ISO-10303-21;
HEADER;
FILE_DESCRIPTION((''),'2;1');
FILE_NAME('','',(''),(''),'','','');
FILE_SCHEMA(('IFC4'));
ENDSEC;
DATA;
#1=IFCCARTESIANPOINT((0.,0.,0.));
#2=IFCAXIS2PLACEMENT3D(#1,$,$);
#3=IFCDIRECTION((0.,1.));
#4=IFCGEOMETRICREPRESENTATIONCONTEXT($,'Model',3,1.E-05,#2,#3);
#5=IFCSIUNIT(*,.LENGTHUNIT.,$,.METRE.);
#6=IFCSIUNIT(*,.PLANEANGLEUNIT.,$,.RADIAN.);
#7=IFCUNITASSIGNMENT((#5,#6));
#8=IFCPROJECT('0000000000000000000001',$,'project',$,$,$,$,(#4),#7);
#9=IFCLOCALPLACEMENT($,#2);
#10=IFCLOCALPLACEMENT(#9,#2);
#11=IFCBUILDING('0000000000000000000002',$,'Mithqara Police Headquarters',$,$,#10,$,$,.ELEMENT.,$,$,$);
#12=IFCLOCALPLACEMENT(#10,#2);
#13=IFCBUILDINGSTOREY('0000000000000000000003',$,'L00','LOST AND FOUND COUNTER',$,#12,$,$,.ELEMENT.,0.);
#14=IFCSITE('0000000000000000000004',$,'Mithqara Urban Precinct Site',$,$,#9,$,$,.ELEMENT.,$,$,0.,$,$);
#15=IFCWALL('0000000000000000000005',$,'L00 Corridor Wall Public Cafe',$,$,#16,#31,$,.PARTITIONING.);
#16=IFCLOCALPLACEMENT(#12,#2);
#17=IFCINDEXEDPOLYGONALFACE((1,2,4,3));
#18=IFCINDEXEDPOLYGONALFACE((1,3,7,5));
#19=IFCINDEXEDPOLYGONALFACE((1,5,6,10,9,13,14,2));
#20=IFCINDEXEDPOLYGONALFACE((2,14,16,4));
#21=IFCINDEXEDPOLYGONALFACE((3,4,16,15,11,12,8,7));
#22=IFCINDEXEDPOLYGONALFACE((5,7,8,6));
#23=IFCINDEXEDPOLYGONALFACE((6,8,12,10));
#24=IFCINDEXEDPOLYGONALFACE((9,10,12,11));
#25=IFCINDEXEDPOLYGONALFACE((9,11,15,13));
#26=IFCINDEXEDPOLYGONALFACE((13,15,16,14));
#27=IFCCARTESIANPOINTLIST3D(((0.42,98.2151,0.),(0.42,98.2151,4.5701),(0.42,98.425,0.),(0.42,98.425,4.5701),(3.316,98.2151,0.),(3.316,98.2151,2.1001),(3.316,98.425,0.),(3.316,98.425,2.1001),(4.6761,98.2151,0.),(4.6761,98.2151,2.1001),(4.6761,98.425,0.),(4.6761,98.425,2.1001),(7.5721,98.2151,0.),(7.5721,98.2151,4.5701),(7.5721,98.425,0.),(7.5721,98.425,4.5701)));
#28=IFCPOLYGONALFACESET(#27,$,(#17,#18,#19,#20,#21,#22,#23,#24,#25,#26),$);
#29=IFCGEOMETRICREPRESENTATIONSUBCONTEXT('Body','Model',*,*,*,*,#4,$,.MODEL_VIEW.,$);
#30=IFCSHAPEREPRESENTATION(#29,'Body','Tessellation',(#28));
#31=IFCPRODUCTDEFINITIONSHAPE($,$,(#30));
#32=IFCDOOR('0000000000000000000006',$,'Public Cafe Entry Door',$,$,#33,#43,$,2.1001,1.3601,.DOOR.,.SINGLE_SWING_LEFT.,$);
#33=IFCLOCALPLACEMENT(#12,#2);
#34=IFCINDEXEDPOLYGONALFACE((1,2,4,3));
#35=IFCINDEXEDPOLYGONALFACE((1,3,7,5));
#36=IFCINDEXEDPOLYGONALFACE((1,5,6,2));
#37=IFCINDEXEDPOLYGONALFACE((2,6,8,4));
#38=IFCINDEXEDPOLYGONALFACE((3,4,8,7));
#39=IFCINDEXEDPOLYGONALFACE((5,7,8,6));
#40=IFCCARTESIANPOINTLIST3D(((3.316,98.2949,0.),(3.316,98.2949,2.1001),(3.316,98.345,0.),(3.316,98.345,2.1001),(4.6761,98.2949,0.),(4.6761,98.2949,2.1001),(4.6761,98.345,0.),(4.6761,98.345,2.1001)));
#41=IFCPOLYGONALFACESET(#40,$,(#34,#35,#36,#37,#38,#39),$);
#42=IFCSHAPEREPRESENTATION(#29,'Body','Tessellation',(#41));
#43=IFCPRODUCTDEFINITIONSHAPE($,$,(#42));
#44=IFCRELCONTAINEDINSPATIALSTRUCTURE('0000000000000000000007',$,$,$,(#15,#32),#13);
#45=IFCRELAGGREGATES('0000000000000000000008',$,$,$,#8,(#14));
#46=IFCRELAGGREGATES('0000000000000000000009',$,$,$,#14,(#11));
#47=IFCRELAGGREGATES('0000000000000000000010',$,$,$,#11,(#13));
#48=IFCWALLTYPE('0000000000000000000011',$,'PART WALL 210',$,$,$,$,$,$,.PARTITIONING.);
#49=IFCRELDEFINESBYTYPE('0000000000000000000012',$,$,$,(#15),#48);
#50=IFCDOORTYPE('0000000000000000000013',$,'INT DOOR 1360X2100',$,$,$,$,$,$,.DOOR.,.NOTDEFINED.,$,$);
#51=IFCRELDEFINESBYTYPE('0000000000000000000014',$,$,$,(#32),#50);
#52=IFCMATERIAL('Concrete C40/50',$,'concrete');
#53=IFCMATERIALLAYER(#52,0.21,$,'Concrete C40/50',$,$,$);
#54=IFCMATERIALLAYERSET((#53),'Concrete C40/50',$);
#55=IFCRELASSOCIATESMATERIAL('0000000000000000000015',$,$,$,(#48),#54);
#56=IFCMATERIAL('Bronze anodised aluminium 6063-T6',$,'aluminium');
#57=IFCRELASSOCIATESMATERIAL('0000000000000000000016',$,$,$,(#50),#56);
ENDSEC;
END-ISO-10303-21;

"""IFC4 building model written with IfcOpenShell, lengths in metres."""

from ifc_helpers import new_model, si_unit, direction, frame, frame_2d, origin, place, context, subcontext, project, spatial, rectangle, extrude, material, layer, layer_set, type_object, element, fill, save


model = new_model("IFC4")

# Units and contexts
model_context = context("Model", 3, precision=1e-05, world=origin(), true_north=direction((0.0, 1.0)))
body_context = subcontext(model_context, "Body", "Model", "MODEL_VIEW")
ifc_project = project(units=[si_unit("LENGTHUNIT", "METRE"), si_unit("PLANEANGLEUNIT", "RADIAN")], contexts=[model_context])

# Site, building, storey
site_placement = place(None, origin())
site = spatial("IfcSite", under=ifc_project, at=site_placement, Name="Mithqara Urban Precinct Site", CompositionType="ELEMENT", RefElevation=0.0)
building_placement = place(site_placement, origin())
building = spatial("IfcBuilding", under=site, at=building_placement, Name="Mithqara Police Headquarters", CompositionType="ELEMENT")
storey_placement = place(building_placement, origin())
storey = spatial("IfcBuildingStorey", under=building, at=storey_placement, Name="L00", Description="LOST AND FOUND COUNTER", CompositionType="ELEMENT", Elevation=0.0)

# Shared definitions
ifc_material_1 = material(Name="Concrete C40/50", Category="concrete")

# Wall, opening, door
ifc_layer = layer(ifc_material_1, 0.21, Name="Concrete C40/50")
ifc_layer_set = layer_set([ifc_layer], Name="Concrete C40/50")
wall_type = type_object("IfcWallType", Name="PART WALL 210", PredefinedType="PARTITIONING", material=ifc_layer_set)
wall_1_placement = place(storey_placement, frame((0.4199, 98.3201, 0.0), z_axis=(0.0, 0.0, 1.0), x_axis=(1.0, 0.0, 0.0)))
wall_1 = element("IfcWall", 1, at=wall_1_placement, inside=storey, type_object=wall_type, Name="L00 Corridor Wall Public Cafe", PredefinedType="PARTITIONING", context=body_context, shape_type="SweptSolid", body=[
    extrude(rectangle(XDim=7.1521, YDim=0.21, at=frame_2d((3.5762, 0.0))), origin(), (0.0, 0.0, 1.0), 4.5701),
])
opening_1_placement = place(wall_1_placement, frame((2.896, 0.0, 0.0)))
opening_1 = element("IfcOpeningElement", 2, at=opening_1_placement, cuts=wall_1, PredefinedType="OPENING", context=body_context, shape_type="SweptSolid", body=[
    extrude(rectangle(XDim=1.3601, YDim=2.1001, at=frame_2d((0.6802, 1.05))), frame((0.0, 0.115, 0.0), z_axis=(0.0, -1.0, 0.0), x_axis=(1.0, 0.0, 0.0)), (0.0, 0.0, 1.0), 0.23),
])
ifc_material_2 = material(Name="Bronze anodised aluminium 6063-T6", Category="aluminium")
door_type_1 = type_object("IfcDoorType", Name="INT DOOR 1360X2100", OperationType="NOTDEFINED", PredefinedType="DOOR", material=ifc_material_2)
door_1_placement = place(opening_1_placement, origin())
door_1 = element("IfcDoor", 3, at=door_1_placement, inside=storey, type_object=door_type_1, Name="Public Cafe Entry Door", OperationType="SINGLE_SWING_LEFT", OverallHeight=2.1001, OverallWidth=1.3601, PredefinedType="DOOR", context=body_context, shape_type="SweptSolid", body=[
    extrude(rectangle(XDim=1.3601, YDim=2.1001, at=frame_2d((0.6802, 1.05))), frame((0.0, 0.0249, 0.0), z_axis=(0.0, -1.0, 0.0), x_axis=(1.0, 0.0, 0.0)), (0.0, 0.0, 1.0), 0.05),
])
fill(opening_1, door_1)

save(model, "model.ifc")
